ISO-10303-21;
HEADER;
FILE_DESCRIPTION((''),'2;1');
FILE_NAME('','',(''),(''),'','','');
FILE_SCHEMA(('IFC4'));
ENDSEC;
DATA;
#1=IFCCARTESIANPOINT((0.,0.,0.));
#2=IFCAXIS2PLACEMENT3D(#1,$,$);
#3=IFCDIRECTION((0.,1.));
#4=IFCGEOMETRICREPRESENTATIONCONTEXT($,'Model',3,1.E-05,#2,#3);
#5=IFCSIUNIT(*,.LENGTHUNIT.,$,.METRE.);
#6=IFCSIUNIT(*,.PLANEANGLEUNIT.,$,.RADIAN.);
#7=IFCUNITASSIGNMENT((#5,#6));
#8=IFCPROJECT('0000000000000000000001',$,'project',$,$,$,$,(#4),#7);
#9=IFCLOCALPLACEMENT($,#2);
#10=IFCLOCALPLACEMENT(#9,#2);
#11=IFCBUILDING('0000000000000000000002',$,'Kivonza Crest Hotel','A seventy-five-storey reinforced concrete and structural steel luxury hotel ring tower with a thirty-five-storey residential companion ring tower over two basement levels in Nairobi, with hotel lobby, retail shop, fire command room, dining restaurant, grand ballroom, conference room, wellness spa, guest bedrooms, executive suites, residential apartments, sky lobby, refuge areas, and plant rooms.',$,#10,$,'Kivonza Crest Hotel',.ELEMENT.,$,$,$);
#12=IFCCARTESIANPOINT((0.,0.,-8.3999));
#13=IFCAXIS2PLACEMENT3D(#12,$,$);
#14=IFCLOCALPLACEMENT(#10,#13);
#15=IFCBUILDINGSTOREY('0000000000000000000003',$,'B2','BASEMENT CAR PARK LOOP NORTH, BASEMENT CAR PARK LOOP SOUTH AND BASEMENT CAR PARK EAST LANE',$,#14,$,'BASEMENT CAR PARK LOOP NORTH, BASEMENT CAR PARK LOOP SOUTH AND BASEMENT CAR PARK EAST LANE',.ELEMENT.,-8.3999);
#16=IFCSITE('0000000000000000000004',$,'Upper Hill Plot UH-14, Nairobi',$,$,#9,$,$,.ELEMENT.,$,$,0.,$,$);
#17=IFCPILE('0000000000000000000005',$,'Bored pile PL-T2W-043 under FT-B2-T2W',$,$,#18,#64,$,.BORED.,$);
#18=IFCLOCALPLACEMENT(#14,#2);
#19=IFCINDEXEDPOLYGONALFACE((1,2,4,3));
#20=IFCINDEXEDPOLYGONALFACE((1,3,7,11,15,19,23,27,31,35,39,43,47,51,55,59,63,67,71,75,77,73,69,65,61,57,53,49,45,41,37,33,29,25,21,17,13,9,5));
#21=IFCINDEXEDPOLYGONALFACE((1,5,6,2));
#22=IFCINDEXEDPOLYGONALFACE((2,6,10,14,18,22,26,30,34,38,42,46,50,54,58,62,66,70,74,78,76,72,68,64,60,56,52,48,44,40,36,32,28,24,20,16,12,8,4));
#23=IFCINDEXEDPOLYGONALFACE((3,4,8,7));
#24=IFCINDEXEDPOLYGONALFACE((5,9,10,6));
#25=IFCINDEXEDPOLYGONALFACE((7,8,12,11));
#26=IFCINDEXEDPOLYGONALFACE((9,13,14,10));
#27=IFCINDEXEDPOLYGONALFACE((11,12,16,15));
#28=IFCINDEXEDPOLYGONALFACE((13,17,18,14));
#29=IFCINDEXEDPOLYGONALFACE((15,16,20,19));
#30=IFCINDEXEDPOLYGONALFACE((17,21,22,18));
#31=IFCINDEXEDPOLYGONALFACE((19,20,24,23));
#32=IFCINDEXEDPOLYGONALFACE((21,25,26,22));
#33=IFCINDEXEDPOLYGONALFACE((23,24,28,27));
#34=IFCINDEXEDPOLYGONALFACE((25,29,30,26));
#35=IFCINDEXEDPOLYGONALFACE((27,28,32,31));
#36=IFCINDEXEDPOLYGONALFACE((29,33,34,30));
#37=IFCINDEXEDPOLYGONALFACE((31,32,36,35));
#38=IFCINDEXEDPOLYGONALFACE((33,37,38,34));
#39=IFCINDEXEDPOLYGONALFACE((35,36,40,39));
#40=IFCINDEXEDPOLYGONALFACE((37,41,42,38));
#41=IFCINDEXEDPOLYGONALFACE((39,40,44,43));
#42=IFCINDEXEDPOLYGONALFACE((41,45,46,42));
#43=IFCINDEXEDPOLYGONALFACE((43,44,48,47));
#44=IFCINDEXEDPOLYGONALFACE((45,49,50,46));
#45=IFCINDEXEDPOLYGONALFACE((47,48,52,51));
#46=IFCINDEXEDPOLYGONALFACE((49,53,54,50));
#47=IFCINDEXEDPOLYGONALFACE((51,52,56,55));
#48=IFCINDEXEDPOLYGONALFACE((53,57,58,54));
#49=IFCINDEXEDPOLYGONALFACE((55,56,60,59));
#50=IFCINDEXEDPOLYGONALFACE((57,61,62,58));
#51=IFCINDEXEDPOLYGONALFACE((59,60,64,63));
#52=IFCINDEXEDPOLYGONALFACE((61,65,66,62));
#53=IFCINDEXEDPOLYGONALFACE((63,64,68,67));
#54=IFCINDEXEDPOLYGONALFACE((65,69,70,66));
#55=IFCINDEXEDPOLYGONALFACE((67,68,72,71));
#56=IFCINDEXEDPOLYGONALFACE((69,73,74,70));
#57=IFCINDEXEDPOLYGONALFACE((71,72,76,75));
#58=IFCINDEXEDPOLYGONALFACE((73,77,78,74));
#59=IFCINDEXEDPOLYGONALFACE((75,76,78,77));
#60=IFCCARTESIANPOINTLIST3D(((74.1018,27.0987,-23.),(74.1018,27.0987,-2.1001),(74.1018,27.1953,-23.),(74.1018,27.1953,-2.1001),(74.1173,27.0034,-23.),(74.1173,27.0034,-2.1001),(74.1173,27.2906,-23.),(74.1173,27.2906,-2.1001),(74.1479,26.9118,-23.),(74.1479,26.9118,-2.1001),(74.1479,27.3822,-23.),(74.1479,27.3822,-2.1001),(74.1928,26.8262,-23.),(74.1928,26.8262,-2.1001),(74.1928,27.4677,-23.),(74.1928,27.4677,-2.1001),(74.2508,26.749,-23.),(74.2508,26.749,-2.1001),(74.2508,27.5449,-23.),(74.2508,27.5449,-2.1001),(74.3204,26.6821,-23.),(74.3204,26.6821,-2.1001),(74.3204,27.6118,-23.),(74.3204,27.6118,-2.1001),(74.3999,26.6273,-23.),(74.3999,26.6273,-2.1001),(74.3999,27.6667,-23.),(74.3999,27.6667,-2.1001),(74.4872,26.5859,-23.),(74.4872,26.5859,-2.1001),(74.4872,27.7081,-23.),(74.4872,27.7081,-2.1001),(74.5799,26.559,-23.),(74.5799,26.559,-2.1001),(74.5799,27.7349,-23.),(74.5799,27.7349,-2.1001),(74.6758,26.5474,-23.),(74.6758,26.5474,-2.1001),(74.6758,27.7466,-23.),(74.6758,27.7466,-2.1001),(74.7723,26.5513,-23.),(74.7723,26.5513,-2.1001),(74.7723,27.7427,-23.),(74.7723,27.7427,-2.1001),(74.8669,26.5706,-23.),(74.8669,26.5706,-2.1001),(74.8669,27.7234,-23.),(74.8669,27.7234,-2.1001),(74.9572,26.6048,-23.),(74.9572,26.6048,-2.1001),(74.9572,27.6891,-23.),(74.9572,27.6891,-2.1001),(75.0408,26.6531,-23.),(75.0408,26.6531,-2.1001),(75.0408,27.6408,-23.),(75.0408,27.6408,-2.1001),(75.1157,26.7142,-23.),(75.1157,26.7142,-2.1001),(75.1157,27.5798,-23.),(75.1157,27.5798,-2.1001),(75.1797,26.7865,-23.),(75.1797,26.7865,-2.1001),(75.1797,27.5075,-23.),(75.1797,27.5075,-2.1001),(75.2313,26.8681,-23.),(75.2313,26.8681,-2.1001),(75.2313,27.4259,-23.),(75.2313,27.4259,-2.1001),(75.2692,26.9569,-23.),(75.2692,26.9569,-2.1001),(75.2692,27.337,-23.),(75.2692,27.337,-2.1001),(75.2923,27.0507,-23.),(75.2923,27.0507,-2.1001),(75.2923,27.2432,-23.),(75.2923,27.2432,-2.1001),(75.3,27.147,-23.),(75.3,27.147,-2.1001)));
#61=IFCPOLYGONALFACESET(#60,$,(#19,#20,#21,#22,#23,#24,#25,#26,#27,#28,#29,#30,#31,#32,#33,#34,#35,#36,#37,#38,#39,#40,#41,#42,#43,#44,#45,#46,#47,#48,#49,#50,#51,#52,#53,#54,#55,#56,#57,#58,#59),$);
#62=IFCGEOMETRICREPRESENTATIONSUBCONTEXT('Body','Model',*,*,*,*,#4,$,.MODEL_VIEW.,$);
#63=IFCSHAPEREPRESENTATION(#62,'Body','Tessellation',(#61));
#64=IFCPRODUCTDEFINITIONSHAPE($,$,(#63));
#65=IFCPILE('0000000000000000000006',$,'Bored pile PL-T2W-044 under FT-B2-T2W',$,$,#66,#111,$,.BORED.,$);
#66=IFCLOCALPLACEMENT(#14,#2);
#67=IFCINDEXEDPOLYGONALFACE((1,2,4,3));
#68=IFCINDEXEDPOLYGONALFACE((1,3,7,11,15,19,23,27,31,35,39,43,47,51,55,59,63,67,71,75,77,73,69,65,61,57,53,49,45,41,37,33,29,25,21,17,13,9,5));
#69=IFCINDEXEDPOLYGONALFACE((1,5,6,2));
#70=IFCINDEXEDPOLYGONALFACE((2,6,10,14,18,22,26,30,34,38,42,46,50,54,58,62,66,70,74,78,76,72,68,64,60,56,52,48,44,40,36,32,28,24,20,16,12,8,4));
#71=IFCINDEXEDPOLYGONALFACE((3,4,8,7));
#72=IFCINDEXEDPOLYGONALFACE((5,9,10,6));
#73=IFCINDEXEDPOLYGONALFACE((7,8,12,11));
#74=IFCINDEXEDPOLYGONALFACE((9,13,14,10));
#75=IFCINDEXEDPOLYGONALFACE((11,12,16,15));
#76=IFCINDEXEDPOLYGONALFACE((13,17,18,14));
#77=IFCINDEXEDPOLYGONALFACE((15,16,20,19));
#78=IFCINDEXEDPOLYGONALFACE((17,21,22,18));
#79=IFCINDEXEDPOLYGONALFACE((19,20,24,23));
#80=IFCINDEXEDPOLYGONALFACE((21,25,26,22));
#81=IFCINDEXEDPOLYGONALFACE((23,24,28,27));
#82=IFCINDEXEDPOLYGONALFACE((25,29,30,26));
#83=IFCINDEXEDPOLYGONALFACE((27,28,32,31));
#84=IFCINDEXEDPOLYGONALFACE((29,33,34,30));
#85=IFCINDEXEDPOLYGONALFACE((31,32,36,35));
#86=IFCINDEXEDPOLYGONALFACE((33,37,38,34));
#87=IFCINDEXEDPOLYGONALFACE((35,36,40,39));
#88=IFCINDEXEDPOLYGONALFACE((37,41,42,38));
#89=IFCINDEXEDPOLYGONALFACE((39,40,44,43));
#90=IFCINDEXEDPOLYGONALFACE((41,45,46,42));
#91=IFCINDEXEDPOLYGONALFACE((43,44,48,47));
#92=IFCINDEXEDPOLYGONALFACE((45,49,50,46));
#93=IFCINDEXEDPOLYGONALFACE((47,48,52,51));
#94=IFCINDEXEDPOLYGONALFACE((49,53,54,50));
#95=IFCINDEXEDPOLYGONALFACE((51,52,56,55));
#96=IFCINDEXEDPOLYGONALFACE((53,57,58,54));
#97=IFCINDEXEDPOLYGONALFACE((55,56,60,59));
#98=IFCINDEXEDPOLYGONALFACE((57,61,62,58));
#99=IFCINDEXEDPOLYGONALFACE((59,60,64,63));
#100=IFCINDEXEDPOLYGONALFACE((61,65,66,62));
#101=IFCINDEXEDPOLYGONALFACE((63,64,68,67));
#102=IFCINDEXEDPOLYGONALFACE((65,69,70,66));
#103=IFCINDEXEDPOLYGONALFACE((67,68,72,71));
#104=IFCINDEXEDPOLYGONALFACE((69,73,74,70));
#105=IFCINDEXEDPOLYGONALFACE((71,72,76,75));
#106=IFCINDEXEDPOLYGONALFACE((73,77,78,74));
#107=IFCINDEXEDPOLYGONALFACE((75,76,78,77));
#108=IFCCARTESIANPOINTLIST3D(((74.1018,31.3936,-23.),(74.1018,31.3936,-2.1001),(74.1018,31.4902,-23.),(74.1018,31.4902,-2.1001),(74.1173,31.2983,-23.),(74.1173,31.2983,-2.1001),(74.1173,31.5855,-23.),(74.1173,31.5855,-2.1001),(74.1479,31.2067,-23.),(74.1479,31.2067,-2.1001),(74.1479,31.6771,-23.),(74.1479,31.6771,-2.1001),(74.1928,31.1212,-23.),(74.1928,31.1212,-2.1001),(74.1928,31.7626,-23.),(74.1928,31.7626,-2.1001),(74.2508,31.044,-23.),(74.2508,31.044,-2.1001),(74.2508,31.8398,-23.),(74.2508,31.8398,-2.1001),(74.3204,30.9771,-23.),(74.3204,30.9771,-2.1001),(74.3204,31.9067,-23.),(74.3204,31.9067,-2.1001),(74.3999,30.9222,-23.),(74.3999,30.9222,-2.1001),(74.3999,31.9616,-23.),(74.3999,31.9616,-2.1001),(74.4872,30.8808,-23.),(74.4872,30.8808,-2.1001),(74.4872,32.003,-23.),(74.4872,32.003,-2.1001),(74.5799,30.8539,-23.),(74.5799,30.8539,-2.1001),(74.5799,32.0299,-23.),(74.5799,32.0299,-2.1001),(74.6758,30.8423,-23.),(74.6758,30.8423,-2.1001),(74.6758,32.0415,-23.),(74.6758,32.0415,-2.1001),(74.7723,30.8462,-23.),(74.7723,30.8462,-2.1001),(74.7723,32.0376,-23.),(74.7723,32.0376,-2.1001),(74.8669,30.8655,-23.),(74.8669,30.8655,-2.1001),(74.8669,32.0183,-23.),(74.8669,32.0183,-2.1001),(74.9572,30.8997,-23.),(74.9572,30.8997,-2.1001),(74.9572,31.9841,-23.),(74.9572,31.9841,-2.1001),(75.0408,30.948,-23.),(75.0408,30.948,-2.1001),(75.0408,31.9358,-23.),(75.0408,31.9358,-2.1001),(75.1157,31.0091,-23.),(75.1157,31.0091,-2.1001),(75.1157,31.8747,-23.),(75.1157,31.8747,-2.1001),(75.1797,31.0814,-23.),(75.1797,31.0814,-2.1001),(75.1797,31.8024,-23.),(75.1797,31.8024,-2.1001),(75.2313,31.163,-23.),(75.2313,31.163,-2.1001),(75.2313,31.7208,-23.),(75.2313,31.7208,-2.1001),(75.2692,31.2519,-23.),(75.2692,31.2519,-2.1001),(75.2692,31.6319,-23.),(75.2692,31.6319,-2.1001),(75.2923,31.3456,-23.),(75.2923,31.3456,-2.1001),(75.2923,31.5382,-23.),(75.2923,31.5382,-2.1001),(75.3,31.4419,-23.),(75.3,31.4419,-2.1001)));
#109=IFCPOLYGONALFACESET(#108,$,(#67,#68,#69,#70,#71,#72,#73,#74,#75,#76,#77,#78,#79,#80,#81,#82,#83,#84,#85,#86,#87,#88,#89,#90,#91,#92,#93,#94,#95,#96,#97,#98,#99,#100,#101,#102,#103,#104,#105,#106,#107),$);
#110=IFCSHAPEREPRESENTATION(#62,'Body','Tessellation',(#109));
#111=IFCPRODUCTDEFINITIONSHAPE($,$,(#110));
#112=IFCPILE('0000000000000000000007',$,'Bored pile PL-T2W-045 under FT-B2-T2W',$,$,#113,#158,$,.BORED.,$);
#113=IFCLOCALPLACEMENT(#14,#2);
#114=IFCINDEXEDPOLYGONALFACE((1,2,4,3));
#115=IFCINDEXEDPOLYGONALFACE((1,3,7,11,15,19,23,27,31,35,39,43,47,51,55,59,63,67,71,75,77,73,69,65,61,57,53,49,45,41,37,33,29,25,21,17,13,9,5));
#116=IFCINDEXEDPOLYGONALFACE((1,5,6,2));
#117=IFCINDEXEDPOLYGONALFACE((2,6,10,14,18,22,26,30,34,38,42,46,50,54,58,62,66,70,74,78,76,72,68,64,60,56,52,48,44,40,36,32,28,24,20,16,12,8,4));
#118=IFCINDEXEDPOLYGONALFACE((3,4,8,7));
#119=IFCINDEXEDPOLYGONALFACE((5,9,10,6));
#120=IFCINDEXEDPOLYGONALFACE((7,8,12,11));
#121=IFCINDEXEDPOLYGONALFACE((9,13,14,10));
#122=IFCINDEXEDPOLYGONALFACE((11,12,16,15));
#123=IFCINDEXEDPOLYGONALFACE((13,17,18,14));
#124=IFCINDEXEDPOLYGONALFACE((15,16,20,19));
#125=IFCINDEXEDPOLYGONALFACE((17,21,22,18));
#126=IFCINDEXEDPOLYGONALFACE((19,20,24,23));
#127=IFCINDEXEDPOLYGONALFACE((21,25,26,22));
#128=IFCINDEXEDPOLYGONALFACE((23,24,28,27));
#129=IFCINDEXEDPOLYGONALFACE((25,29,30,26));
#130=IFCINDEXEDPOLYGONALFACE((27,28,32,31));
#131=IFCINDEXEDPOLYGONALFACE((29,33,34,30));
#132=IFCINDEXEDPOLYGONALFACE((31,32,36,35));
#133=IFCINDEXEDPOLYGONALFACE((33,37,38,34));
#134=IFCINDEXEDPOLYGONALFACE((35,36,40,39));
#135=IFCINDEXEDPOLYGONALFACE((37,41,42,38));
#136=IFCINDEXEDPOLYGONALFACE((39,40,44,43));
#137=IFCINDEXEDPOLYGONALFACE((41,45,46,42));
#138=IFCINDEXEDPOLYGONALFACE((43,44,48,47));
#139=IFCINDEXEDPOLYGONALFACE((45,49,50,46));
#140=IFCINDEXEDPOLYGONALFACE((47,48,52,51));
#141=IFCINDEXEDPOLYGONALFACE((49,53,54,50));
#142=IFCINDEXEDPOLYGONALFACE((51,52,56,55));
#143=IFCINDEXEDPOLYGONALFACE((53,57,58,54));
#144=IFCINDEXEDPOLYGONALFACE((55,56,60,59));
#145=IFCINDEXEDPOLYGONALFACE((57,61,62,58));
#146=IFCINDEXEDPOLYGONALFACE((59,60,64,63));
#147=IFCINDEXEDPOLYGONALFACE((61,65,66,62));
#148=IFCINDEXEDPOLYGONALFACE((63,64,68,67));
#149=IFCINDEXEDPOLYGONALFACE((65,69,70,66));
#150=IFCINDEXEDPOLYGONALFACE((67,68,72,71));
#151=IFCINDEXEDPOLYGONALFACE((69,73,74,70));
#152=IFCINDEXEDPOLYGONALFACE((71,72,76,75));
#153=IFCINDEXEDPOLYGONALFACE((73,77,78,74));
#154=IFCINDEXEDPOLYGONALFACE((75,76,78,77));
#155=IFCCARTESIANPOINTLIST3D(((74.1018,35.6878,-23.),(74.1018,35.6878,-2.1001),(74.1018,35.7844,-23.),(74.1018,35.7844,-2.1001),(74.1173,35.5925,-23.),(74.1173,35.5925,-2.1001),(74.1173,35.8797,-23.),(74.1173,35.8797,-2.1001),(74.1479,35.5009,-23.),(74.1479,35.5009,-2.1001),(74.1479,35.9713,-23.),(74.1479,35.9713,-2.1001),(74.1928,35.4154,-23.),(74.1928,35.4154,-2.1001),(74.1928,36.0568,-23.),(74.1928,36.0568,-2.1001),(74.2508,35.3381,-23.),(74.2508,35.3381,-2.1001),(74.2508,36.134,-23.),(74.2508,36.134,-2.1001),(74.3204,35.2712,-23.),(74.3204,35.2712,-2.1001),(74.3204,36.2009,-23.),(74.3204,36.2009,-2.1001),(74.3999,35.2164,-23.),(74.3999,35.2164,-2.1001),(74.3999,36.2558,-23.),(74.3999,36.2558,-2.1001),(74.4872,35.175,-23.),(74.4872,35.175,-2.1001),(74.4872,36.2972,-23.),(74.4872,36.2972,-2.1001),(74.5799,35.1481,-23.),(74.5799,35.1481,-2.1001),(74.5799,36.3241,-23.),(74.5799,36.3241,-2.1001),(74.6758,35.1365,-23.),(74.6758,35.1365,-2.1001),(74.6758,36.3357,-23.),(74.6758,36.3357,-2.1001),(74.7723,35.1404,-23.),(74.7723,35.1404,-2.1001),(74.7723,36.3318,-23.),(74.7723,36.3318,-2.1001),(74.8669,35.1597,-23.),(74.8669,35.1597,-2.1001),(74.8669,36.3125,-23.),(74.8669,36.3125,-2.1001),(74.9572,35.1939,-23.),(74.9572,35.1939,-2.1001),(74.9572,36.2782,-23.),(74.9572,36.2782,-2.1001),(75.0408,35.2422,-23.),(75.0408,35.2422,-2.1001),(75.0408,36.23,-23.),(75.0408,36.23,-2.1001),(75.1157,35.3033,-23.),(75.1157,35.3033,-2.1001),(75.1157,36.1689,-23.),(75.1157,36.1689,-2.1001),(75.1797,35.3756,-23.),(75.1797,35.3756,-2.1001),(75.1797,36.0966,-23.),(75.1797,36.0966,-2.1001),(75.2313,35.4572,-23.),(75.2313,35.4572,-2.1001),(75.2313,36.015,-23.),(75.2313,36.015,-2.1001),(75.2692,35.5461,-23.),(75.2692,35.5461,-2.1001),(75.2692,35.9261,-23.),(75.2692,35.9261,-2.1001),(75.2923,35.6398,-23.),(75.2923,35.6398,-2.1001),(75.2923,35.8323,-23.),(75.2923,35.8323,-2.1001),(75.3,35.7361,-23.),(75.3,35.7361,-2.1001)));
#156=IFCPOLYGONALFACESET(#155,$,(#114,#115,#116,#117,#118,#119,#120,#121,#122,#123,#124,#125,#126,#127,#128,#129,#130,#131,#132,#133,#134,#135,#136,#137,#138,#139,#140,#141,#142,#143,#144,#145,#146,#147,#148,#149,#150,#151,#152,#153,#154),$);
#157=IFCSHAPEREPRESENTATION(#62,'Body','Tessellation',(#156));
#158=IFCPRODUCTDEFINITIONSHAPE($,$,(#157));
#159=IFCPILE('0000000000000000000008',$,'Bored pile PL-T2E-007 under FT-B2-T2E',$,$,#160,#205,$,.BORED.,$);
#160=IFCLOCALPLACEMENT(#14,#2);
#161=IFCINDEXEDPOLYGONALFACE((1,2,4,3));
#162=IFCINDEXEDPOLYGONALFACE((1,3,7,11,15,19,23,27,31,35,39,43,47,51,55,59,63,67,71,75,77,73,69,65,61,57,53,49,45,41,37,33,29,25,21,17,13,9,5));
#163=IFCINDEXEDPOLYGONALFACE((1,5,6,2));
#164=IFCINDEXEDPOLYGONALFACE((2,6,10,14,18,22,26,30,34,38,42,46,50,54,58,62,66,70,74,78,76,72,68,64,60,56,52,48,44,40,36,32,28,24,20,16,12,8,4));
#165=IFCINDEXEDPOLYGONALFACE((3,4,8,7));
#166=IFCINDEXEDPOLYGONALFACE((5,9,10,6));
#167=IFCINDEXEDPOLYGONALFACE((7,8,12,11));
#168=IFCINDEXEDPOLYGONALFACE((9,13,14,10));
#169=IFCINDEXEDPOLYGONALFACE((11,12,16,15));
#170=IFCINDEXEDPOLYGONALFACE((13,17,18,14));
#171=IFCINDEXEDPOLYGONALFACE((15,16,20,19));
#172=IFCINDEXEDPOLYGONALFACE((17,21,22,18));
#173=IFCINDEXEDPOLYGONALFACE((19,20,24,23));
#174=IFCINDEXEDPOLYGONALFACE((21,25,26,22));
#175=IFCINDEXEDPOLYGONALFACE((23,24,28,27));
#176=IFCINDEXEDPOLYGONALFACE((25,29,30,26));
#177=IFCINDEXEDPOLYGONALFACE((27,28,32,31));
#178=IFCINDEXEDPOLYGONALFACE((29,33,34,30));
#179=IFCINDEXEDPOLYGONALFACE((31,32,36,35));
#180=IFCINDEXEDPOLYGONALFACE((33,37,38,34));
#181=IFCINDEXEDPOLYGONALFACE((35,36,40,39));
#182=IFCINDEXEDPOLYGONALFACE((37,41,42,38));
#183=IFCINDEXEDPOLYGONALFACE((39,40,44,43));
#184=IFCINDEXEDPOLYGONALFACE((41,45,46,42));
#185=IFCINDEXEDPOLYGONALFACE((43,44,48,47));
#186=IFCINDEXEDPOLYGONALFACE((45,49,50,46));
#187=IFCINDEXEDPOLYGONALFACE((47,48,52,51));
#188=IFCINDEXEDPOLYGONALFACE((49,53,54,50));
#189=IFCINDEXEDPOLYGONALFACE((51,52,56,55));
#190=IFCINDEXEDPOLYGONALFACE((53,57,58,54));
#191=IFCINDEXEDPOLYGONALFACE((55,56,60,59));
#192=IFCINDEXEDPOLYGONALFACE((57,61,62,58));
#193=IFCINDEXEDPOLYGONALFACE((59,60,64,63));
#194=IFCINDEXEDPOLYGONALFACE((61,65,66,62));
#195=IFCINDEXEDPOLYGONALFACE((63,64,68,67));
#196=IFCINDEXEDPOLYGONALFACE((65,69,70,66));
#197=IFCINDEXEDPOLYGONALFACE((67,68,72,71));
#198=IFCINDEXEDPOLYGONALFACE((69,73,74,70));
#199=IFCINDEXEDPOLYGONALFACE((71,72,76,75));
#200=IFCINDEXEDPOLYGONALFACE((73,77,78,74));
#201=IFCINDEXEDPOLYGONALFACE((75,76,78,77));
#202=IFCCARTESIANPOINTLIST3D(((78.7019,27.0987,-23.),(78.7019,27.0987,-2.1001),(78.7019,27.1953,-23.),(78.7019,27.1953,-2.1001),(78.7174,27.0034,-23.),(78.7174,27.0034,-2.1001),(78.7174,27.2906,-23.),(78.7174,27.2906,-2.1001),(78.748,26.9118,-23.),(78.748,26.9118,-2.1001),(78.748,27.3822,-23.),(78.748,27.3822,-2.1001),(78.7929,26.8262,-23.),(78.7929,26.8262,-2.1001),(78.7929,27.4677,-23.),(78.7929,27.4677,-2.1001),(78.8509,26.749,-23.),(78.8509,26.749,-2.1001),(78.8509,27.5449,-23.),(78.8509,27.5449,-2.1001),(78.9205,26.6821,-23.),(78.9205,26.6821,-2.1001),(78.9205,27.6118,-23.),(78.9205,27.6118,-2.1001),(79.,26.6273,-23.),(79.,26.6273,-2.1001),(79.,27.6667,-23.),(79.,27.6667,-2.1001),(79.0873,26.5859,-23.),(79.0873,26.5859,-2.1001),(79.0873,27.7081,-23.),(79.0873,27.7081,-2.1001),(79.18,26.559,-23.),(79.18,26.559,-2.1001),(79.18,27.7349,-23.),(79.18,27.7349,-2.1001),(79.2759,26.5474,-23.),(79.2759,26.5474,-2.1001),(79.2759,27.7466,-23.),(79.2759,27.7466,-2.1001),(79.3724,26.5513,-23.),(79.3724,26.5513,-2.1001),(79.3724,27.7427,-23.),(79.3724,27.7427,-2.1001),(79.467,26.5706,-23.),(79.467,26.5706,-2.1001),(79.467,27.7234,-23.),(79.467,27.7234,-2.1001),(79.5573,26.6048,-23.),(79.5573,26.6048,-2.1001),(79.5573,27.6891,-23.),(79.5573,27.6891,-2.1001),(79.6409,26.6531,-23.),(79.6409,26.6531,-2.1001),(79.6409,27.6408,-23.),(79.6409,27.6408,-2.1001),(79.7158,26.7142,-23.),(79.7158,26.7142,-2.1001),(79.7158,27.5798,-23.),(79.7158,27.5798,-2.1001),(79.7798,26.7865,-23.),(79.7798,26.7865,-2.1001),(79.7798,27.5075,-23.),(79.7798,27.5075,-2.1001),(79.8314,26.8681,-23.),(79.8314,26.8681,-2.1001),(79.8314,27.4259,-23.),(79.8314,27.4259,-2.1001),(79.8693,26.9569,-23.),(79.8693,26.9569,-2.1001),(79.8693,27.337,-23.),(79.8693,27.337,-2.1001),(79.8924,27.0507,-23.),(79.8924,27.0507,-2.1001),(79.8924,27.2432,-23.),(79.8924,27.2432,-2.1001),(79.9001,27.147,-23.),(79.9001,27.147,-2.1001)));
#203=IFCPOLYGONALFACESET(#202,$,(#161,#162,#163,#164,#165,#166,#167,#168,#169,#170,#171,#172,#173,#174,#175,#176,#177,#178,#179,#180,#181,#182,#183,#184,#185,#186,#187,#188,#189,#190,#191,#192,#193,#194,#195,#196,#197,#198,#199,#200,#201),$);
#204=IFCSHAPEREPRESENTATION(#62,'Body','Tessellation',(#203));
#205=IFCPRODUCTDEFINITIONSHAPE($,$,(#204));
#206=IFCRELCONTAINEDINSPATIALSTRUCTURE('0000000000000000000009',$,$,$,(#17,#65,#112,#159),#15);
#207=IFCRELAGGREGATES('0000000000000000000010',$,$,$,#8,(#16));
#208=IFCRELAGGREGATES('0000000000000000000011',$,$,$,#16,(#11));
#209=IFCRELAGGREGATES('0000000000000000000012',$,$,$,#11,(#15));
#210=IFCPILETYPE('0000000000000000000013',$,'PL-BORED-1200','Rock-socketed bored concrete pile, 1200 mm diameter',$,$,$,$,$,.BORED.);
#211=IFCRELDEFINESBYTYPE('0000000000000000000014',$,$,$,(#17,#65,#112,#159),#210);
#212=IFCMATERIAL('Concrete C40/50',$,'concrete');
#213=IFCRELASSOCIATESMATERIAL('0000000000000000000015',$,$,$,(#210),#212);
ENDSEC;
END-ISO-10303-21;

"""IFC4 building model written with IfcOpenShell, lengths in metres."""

from ifc_helpers import new_model, si_unit, direction, frame, origin, origin_2d, place, context, subcontext, project, spatial, circle, extrude, material, material_profile, profile_set, type_object, element, save


model = new_model("IFC4")

# Units and contexts
model_context = context("Model", 3, precision=1e-05, world=origin(), true_north=direction((0.0, 1.0)))
body_context = subcontext(model_context, "Body", "Model", "MODEL_VIEW")
ifc_project = project(units=[si_unit("LENGTHUNIT", "METRE"), si_unit("PLANEANGLEUNIT", "RADIAN")], contexts=[model_context])

# Site, building, storey
site_placement = place(None, origin())
site = spatial("IfcSite", under=ifc_project, at=site_placement, Name="Upper Hill Plot UH-14, Nairobi", CompositionType="ELEMENT", RefElevation=0.0)
building_placement = place(site_placement, origin())
building = spatial("IfcBuilding", under=site, at=building_placement, Name="Kivonza Crest Hotel", Description="A seventy-five-storey reinforced concrete and structural steel luxury hotel ring tower with a thirty-five-storey residential companion ring tower over two basement levels in Nairobi, with hotel lobby, retail shop, fire command room, dining restaurant, grand ballroom, conference room, wellness spa, guest bedrooms, executive suites, residential apartments, sky lobby, refuge areas, and plant rooms.", LongName="Kivonza Crest Hotel", CompositionType="ELEMENT")
storey_placement = place(building_placement, frame((0.0, 0.0, -8.3999)))
storey = spatial("IfcBuildingStorey", under=building, at=storey_placement, Name="B2", Description="BASEMENT CAR PARK LOOP NORTH, BASEMENT CAR PARK LOOP SOUTH AND BASEMENT CAR PARK EAST LANE", LongName="BASEMENT CAR PARK LOOP NORTH, BASEMENT CAR PARK LOOP SOUTH AND BASEMENT CAR PARK EAST LANE", CompositionType="ELEMENT", Elevation=-8.3999)

# Piles
ifc_material_1 = material(Name="Concrete C40/50", Category="concrete")
ifc_material_profile_1 = material_profile(ifc_material_1, circle(Radius=0.6001, at=origin_2d()), Name="PILE D1200")
ifc_profile_set_1 = profile_set([ifc_material_profile_1], Name="Concrete C40/50")
pile_type = type_object("IfcPileType", Name="PL-BORED-1200", Description="Rock-socketed bored concrete pile, 1200 mm diameter", PredefinedType="BORED", material=ifc_profile_set_1)
for number, where, z_axis, x_axis, name in (
    (1, (74.7, 27.147, -2.1001), (0.0, 0.0, -1.0), (1.0, 0.0, 0.0), "Bored pile PL-T2W-043 under FT-B2-T2W"),
    (2, (74.7, 31.4419, -2.1001), (0.0, 0.0, -1.0), (1.0, 0.0, 0.0), "Bored pile PL-T2W-044 under FT-B2-T2W"),
    (3, (74.7, 35.7361, -2.1001), (0.0, 0.0, -1.0), (1.0, 0.0, 0.0), "Bored pile PL-T2W-045 under FT-B2-T2W"),
    (4, (79.3, 27.147, -2.1001), (0.0, 0.0, -1.0), (1.0, 0.0, 0.0), "Bored pile PL-T2E-007 under FT-B2-T2E"),
):
    element("IfcPile", number, at=place(storey_placement, frame(where, z_axis=z_axis, x_axis=x_axis)), inside=storey, type_object=pile_type, Name=name, PredefinedType="BORED", context=body_context, shape_type="SweptSolid", body=[
        extrude(circle(Radius=0.6001, at=origin_2d()), origin(), (0.0, 0.0, 1.0), 20.8999),
    ])

save(model, "model.ifc")
